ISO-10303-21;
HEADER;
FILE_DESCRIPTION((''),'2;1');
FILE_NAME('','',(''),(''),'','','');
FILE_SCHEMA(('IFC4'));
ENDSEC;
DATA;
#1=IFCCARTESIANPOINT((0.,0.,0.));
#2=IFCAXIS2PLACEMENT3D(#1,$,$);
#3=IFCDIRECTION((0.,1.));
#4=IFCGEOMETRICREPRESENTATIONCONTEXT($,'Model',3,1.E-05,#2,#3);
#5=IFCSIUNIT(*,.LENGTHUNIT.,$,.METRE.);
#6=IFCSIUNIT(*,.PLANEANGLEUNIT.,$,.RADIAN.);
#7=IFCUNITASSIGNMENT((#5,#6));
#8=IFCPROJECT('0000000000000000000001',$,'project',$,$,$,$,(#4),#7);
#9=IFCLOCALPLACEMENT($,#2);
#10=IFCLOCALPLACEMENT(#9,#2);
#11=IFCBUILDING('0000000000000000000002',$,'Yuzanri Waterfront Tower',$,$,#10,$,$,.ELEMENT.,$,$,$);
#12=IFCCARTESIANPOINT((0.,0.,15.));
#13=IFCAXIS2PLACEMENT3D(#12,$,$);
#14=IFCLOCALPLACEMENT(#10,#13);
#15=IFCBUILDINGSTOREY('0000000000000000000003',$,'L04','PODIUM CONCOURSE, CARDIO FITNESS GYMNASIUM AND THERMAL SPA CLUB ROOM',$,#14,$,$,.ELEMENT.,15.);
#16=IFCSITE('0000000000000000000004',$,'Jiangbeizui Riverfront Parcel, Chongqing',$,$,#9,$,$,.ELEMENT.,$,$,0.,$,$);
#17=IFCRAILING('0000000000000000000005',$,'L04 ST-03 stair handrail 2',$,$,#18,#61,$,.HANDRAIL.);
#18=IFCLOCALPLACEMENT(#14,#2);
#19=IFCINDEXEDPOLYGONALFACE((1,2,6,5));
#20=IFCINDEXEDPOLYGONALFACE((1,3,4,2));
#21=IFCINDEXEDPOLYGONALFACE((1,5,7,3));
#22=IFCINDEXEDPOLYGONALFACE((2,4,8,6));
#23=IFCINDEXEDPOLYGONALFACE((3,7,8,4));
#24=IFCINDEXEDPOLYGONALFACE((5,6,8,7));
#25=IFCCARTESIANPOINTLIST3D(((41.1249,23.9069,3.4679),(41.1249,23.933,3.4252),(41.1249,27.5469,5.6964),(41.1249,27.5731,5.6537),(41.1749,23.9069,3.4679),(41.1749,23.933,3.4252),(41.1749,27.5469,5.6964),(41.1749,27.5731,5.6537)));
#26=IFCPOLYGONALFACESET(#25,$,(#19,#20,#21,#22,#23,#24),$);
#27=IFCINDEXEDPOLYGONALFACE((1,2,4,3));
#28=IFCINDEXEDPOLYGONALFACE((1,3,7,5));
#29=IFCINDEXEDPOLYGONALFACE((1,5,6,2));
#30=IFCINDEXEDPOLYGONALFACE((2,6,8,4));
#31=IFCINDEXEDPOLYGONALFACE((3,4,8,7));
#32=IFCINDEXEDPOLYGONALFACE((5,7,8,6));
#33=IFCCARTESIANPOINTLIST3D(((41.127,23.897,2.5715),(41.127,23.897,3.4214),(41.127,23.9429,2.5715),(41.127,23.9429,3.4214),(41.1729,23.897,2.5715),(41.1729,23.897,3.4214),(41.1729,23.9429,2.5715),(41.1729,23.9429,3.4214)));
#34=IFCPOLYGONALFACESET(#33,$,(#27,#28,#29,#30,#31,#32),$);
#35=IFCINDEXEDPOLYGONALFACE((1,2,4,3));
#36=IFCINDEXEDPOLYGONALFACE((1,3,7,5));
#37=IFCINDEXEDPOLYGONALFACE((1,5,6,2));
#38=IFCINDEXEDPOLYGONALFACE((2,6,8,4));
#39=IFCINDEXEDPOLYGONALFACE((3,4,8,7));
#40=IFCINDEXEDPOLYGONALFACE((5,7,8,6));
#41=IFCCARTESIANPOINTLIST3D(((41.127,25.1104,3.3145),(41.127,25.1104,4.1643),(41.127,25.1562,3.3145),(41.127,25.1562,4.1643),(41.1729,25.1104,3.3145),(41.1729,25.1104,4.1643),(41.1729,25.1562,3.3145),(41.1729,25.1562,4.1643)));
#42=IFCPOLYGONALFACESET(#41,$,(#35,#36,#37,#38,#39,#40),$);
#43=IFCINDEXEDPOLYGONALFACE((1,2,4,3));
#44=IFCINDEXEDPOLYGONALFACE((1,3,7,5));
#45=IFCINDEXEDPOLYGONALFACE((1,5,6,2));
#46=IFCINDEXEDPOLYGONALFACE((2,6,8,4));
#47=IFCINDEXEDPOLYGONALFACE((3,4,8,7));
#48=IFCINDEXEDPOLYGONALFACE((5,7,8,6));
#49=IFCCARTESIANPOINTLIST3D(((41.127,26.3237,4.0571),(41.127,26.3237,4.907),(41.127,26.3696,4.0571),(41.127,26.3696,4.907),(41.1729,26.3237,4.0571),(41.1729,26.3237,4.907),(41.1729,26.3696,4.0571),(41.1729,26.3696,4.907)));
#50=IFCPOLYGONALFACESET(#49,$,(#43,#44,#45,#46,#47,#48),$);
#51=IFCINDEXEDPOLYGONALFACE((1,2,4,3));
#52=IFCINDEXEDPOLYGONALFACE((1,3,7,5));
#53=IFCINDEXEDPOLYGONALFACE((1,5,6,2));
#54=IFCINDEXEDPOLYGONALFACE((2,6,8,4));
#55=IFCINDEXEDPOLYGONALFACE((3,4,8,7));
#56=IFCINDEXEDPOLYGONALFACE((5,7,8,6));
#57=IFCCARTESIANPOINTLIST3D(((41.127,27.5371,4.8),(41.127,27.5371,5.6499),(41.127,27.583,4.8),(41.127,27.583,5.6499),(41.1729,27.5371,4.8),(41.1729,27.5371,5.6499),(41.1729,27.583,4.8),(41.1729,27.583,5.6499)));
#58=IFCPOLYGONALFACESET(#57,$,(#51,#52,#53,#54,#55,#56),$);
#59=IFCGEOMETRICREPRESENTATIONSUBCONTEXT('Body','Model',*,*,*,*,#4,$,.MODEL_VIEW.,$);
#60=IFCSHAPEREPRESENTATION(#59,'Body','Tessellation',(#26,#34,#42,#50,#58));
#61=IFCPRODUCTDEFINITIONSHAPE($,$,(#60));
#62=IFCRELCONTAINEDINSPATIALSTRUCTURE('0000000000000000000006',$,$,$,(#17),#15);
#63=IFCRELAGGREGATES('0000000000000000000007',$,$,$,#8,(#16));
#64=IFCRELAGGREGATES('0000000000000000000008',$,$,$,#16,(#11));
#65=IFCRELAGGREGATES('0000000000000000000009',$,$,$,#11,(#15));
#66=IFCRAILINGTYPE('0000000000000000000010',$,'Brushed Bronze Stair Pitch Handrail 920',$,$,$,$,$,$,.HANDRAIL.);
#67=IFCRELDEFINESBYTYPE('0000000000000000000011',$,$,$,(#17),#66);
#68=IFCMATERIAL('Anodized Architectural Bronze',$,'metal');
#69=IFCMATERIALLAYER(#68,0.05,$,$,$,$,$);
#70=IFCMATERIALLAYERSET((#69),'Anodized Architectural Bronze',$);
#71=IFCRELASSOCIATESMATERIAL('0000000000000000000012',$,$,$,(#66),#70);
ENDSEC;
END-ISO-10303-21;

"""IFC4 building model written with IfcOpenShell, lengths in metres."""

from ifc_helpers import new_model, si_unit, direction, frame, origin, origin_2d, place, context, subcontext, project, spatial, rectangle, extrude, source, transform, mapped, material, layer, layer_set, type_object, element, save


model = new_model("IFC4")

# Units and contexts
model_context = context("Model", 3, precision=1e-05, world=origin(), true_north=direction((0.0, 1.0)))
body_context = subcontext(model_context, "Body", "Model", "MODEL_VIEW")
ifc_project = project(units=[si_unit("LENGTHUNIT", "METRE"), si_unit("PLANEANGLEUNIT", "RADIAN")], contexts=[model_context])

# Site, building, storey
site_placement = place(None, origin())
site = spatial("IfcSite", under=ifc_project, at=site_placement, Name="Jiangbeizui Riverfront Parcel, Chongqing", CompositionType="ELEMENT", RefElevation=0.0)
building_placement = place(site_placement, origin())
building = spatial("IfcBuilding", under=site, at=building_placement, Name="Yuzanri Waterfront Tower", CompositionType="ELEMENT")
storey_placement = place(building_placement, frame((0.0, 0.0, 15.0)))
storey = spatial("IfcBuildingStorey", under=building, at=storey_placement, Name="L04", Description="PODIUM CONCOURSE, CARDIO FITNESS GYMNASIUM AND THERMAL SPA CLUB ROOM", CompositionType="ELEMENT", Elevation=15.0)

# Railing
ifc_material_1 = material(Name="Anodized Architectural Bronze", Category="metal")
ifc_layer_1 = layer(ifc_material_1, 0.05)
ifc_layer_set_1 = layer_set([ifc_layer_1], Name="Anodized Architectural Bronze")
railing_type_1 = type_object("IfcRailingType", Name="Brushed Bronze Stair Pitch Handrail 920", PredefinedType="HANDRAIL", material=ifc_layer_set_1)
shared_shape_1 = source(origin(), body_context, "Body", "SweptSolid", [
    extrude(rectangle(XDim=0.05, YDim=0.05, at=origin_2d()), frame((0.0, 0.0, 0.875), z_axis=(0.0, 0.852866, 0.52213), x_axis=(-1.0, 0.0, 0.0)), (0.0, 0.0, 1.0), 4.2681),
    extrude(rectangle(XDim=0.0459, YDim=0.0459, at=origin_2d()), origin(), (0.0, 0.0, 1.0), 0.8499),
    extrude(rectangle(XDim=0.0459, YDim=0.0459, at=origin_2d()), frame((0.0, 1.2134, 0.7429)), (0.0, 0.0, 1.0), 0.8499),
    extrude(rectangle(XDim=0.0459, YDim=0.0459, at=origin_2d()), frame((0.0, 2.4268, 1.4856)), (0.0, 0.0, 1.0), 0.8499),
    extrude(rectangle(XDim=0.0459, YDim=0.0459, at=origin_2d()), frame((0.0, 3.6401, 2.2285)), (0.0, 0.0, 1.0), 0.8499),
])
railing_1_placement = place(storey_placement, frame((41.1499, 23.9199, 2.5715)))
element("IfcRailing", 1, at=railing_1_placement, inside=storey, type_object=railing_type_1, Name="L04 ST-03 stair handrail 2", PredefinedType="HANDRAIL", context=body_context, shape_type="MappedRepresentation", body=[
    mapped(shared_shape_1, transform((0.0, 0.0, 0.0), scale=1.0)),
])

save(model, "model.ifc")
